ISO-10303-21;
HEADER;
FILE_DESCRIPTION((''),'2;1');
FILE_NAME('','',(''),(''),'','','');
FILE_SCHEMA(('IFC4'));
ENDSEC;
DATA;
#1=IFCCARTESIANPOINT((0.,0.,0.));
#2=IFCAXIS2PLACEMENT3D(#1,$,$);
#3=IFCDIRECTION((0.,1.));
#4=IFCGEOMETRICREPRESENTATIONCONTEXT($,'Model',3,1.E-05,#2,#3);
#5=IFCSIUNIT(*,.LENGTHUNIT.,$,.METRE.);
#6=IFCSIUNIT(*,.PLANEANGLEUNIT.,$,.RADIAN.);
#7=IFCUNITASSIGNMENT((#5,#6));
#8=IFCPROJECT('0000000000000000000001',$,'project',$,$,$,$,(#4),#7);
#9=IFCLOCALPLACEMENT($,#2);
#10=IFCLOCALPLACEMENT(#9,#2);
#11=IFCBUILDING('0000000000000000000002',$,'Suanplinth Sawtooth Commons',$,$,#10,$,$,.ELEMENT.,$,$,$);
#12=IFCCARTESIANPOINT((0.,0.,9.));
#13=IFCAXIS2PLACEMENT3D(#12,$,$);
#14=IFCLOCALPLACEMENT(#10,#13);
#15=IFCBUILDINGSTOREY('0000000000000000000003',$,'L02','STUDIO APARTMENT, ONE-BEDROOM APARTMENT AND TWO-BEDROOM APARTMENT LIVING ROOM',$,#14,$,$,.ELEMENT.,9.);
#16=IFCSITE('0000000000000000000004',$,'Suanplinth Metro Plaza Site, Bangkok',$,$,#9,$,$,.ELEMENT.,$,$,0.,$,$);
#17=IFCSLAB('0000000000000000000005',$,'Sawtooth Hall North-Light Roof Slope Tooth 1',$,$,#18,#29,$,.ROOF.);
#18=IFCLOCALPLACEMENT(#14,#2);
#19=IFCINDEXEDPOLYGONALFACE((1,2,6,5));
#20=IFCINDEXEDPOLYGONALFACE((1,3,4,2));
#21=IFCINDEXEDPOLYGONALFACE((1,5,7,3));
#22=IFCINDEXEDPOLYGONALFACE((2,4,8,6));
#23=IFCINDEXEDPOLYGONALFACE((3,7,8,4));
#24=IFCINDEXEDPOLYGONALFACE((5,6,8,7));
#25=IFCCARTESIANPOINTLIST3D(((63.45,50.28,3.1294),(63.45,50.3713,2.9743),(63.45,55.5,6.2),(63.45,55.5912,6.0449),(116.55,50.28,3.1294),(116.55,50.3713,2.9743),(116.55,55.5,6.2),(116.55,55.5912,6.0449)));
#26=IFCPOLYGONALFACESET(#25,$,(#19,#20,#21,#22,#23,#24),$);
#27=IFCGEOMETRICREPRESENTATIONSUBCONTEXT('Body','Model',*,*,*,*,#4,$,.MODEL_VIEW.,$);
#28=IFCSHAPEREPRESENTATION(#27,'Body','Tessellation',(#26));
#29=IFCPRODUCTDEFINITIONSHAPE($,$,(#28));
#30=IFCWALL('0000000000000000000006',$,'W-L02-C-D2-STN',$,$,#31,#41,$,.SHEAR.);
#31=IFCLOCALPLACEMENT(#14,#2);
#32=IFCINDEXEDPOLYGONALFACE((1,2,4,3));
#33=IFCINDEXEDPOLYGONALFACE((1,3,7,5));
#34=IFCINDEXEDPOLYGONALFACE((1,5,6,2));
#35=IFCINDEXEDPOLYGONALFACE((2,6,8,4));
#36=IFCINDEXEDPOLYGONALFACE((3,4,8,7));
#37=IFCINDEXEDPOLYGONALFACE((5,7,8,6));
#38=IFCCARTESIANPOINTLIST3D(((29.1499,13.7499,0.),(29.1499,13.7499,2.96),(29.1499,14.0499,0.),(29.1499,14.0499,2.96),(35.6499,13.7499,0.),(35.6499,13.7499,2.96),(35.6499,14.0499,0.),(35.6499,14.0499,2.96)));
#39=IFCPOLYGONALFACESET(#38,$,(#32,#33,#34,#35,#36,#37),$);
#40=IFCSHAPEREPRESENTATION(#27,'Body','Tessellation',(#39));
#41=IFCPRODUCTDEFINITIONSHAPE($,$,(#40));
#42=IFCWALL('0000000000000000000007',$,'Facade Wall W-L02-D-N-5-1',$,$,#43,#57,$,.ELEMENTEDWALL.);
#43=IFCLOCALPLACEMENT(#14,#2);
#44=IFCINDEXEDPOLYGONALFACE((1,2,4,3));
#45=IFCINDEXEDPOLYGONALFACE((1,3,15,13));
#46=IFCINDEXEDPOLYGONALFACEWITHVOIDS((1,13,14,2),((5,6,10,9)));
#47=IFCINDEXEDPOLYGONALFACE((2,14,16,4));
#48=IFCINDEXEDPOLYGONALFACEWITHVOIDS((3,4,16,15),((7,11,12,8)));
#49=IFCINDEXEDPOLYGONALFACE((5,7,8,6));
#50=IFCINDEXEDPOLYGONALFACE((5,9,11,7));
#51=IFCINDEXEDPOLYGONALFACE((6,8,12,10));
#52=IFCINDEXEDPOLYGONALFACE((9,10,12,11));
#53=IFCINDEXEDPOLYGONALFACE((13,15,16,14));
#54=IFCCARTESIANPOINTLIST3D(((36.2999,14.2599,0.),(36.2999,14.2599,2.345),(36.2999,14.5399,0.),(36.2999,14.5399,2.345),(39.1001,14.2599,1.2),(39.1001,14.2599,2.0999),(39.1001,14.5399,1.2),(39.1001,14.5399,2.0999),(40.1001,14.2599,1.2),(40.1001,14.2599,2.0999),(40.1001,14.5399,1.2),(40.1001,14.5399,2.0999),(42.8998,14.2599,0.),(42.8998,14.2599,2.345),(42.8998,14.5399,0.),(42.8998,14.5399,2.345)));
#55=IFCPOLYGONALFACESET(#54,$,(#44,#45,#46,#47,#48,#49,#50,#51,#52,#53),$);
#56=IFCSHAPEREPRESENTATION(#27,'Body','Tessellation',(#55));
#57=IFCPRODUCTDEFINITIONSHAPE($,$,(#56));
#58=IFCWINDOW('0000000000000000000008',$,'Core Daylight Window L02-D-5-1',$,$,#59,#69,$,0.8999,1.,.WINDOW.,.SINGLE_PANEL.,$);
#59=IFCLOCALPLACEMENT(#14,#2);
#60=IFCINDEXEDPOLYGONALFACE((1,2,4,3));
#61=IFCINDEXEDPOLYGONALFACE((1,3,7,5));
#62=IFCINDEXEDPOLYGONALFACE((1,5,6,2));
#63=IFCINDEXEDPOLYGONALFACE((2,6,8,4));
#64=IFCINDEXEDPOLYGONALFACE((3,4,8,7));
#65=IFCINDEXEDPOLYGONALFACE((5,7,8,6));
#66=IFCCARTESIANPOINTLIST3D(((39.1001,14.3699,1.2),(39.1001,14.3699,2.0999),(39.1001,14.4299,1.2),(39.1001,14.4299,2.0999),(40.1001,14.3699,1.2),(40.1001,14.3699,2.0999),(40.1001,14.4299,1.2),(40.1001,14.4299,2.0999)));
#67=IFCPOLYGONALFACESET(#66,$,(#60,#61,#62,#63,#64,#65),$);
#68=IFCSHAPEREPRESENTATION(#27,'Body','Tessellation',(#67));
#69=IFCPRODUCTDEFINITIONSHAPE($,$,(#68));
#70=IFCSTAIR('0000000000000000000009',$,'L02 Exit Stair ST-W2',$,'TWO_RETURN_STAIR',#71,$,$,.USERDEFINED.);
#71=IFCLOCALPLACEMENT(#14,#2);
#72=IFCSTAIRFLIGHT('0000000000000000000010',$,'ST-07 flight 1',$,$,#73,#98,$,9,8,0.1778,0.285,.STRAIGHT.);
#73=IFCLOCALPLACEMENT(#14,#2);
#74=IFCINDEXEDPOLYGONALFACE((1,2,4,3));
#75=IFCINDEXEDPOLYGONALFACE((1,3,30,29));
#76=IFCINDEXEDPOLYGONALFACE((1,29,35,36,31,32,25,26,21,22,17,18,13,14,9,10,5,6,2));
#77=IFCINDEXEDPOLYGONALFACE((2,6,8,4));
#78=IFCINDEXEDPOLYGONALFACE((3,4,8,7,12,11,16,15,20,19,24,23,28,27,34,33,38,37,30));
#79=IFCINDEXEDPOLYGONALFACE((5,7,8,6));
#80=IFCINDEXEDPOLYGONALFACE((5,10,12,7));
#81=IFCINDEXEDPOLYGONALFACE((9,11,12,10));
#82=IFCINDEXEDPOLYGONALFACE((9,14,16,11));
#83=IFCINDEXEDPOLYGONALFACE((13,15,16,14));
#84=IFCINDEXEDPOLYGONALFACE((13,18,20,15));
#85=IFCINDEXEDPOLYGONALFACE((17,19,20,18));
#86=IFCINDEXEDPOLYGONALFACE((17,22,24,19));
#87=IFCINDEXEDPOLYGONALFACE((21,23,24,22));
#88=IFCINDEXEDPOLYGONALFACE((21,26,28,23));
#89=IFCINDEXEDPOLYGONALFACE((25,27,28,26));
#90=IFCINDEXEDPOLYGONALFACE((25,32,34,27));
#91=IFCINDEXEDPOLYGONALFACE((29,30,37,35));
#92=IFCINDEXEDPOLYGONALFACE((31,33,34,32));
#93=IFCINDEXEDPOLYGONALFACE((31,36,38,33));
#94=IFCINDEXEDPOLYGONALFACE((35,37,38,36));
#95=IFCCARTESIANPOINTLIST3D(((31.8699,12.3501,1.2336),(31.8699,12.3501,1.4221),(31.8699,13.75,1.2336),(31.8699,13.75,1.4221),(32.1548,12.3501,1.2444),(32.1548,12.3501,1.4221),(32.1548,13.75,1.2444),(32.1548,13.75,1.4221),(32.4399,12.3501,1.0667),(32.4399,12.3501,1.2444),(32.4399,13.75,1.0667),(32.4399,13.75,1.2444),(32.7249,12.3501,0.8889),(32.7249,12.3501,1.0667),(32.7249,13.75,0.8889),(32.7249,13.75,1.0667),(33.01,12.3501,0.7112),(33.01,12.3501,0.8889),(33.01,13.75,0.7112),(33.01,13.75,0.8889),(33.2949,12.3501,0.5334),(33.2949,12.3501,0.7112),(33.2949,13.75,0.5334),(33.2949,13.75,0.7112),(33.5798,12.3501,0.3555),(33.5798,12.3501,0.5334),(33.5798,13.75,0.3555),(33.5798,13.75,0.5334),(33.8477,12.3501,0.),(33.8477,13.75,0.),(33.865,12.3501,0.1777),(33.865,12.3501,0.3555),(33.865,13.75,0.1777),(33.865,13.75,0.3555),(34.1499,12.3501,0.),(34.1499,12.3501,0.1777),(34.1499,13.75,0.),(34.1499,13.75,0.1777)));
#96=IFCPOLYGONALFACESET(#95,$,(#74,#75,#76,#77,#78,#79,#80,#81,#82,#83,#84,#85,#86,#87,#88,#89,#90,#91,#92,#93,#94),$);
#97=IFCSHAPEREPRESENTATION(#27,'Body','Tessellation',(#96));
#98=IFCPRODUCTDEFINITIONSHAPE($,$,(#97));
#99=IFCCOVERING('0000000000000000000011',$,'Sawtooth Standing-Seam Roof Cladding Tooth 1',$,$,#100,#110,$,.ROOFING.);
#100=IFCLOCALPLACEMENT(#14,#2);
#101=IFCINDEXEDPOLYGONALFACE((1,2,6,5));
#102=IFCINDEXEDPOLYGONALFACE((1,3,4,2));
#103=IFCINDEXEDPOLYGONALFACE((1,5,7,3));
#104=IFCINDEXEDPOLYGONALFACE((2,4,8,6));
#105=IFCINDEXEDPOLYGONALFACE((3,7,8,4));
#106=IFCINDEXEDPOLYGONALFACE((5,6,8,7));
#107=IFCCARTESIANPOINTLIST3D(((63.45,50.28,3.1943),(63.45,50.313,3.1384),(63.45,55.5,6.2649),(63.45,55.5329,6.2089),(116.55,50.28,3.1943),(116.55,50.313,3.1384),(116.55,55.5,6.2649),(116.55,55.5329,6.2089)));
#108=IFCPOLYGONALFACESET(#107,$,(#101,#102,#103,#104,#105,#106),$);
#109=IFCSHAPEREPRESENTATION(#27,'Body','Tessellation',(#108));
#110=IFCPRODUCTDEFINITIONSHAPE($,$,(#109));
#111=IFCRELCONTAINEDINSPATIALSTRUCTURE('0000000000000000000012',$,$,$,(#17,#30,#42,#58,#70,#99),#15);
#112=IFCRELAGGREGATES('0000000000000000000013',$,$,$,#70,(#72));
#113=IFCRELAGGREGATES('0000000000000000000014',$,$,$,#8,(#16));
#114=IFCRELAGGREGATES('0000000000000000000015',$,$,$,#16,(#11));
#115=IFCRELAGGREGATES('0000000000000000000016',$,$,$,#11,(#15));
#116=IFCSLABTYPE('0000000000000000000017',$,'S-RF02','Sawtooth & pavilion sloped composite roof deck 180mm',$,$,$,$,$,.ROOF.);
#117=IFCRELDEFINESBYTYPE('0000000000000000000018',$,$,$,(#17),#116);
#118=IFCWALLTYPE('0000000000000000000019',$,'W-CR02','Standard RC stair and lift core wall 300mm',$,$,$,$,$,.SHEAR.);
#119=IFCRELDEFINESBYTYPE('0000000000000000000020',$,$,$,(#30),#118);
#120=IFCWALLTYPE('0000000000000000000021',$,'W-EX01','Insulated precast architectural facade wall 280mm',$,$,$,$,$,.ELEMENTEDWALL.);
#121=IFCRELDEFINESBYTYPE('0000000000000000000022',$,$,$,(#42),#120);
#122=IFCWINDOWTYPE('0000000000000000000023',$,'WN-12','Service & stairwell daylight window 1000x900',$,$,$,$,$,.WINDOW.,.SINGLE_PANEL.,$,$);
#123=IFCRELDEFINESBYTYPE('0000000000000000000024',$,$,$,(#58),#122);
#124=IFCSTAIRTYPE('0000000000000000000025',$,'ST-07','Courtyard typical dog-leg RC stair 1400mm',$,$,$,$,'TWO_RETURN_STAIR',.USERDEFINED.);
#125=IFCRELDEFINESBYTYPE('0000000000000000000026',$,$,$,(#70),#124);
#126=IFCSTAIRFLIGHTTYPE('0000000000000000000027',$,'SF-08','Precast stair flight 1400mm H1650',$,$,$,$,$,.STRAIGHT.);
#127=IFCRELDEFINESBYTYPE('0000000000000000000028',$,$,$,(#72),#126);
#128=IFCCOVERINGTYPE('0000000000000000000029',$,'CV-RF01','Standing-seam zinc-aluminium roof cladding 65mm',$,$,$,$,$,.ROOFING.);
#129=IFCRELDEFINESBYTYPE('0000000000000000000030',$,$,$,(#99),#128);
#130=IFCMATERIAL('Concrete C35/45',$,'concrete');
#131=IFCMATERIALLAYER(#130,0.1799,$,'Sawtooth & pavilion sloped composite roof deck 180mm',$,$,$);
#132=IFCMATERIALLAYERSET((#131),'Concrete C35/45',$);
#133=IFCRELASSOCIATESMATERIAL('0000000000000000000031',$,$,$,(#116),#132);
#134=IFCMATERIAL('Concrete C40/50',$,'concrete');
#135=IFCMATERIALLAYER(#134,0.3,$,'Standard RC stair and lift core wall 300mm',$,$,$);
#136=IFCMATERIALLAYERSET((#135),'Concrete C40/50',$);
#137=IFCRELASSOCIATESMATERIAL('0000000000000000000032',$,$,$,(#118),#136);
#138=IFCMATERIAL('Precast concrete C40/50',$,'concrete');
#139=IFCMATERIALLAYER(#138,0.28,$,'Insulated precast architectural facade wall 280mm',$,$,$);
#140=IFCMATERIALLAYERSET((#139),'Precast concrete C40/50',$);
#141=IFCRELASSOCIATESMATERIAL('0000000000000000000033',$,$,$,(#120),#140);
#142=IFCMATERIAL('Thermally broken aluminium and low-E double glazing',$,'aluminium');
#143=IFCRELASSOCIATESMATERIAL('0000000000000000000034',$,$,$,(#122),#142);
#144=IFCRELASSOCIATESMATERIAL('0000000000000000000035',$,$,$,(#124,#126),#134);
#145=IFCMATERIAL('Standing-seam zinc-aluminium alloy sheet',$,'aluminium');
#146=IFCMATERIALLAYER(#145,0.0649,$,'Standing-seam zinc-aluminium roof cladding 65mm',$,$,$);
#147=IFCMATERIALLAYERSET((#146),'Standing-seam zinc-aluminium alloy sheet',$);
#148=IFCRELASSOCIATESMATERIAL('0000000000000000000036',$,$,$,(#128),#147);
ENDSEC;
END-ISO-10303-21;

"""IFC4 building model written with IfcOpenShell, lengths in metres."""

from ifc_helpers import new_model, si_unit, direction, frame, frame_2d, origin, place, context, subcontext, project, spatial, polyline, rectangle, outline, extrude, material, layer, layer_set, type_object, element, fill, aggregate, save


model = new_model("IFC4")

# Units and contexts
model_context = context("Model", 3, precision=1e-05, world=origin(), true_north=direction((0.0, 1.0)))
body_context = subcontext(model_context, "Body", "Model", "MODEL_VIEW")
ifc_project = project(units=[si_unit("LENGTHUNIT", "METRE"), si_unit("PLANEANGLEUNIT", "RADIAN")], contexts=[model_context])

# Site, building, storey
site_placement = place(None, origin())
site = spatial("IfcSite", under=ifc_project, at=site_placement, Name="Suanplinth Metro Plaza Site, Bangkok", CompositionType="ELEMENT", RefElevation=0.0)
building_placement = place(site_placement, origin())
building = spatial("IfcBuilding", under=site, at=building_placement, Name="Suanplinth Sawtooth Commons", CompositionType="ELEMENT")
storey_placement = place(building_placement, frame((0.0, 0.0, 9.0)))
storey = spatial("IfcBuildingStorey", under=building, at=storey_placement, Name="L02", Description="STUDIO APARTMENT, ONE-BEDROOM APARTMENT AND TWO-BEDROOM APARTMENT LIVING ROOM", CompositionType="ELEMENT", Elevation=9.0)

# Shared definitions
ifc_material_1 = material(Name="Precast concrete C40/50", Category="concrete")

# Slab
ifc_material_2 = material(Name="Concrete C35/45", Category="concrete")
ifc_layer_1 = layer(ifc_material_2, 0.1799, Name="Sawtooth & pavilion sloped composite roof deck 180mm")
ifc_layer_set_1 = layer_set([ifc_layer_1], Name="Concrete C35/45")
slab_type = type_object("IfcSlabType", Name="S-RF02", Description="Sawtooth & pavilion sloped composite roof deck 180mm", PredefinedType="ROOF", material=ifc_layer_set_1)
slab_placement = place(storey_placement, frame((63.45, 50.28, 3.1294), z_axis=(0.0, -0.507018, 0.861935), x_axis=(1.0, 0.0, 0.0)))
element("IfcSlab", 1, at=slab_placement, inside=storey, type_object=slab_type, Name="Sawtooth Hall North-Light Roof Slope Tooth 1", PredefinedType="ROOF", context=body_context, shape_type="SweptSolid", body=[
    extrude(outline(polyline([(0.0, 0.0), (53.1001, 0.0), (53.1001, 6.0561), (0.0, 6.0561), (0.0, 0.0)])), origin(), (0.0, 0.0, -1.0), 0.1799),
])

# Wall
ifc_material_3 = material(Name="Concrete C40/50", Category="concrete")
ifc_layer_2 = layer(ifc_material_3, 0.3, Name="Standard RC stair and lift core wall 300mm")
ifc_layer_set_2 = layer_set([ifc_layer_2], Name="Concrete C40/50")
wall_type_1 = type_object("IfcWallType", Name="W-CR02", Description="Standard RC stair and lift core wall 300mm", PredefinedType="SHEAR", material=ifc_layer_set_2)
wall_1_placement = place(storey_placement, frame((29.1499, 13.8999, 0.0), z_axis=(0.0, 0.0, 1.0), x_axis=(1.0, 0.0, 0.0)))
element("IfcWall", 2, at=wall_1_placement, inside=storey, type_object=wall_type_1, Name="W-L02-C-D2-STN", PredefinedType="SHEAR", context=body_context, shape_type="SweptSolid", body=[
    extrude(rectangle(XDim=6.5, YDim=0.3, at=frame_2d((3.25, 0.0))), origin(), (0.0, 0.0, 1.0), 2.96),
])

# Wall, opening, window
ifc_layer_3 = layer(ifc_material_1, 0.28, Name="Insulated precast architectural facade wall 280mm")
ifc_layer_set_3 = layer_set([ifc_layer_3], Name="Precast concrete C40/50")
wall_type_2 = type_object("IfcWallType", Name="W-EX01", Description="Insulated precast architectural facade wall 280mm", PredefinedType="ELEMENTEDWALL", material=ifc_layer_set_3)
wall_2_placement = place(storey_placement, frame((36.3, 14.3999, 0.0), z_axis=(0.0, 0.0, 1.0), x_axis=(1.0, 0.0, 0.0)))
wall_2 = element("IfcWall", 3, at=wall_2_placement, inside=storey, type_object=wall_type_2, Name="Facade Wall W-L02-D-N-5-1", PredefinedType="ELEMENTEDWALL", context=body_context, shape_type="SweptSolid", body=[
    extrude(rectangle(XDim=6.5999, YDim=0.28, at=frame_2d((3.2998, 0.0))), origin(), (0.0, 0.0, 1.0), 2.345),
])
opening_1_placement = place(wall_2_placement, frame((2.8, 0.0, 1.2)))
opening_1 = element("IfcOpeningElement", 4, at=opening_1_placement, cuts=wall_2, PredefinedType="OPENING", context=body_context, shape_type="SweptSolid", body=[
    extrude(rectangle(XDim=1.0, YDim=0.8999, at=frame_2d((0.5, 0.45))), frame((0.0, 0.1548, 0.0), z_axis=(0.0, -1.0, 0.0), x_axis=(1.0, 0.0, 0.0)), (0.0, 0.0, 1.0), 0.3098),
])
ifc_material_4 = material(Name="Thermally broken aluminium and low-E double glazing", Category="aluminium")
window_type_1 = type_object("IfcWindowType", Name="WN-12", Description="Service & stairwell daylight window 1000x900", PartitioningType="SINGLE_PANEL", PredefinedType="WINDOW", material=ifc_material_4)
window_1_placement = place(opening_1_placement, origin())
window_1 = element("IfcWindow", 5, at=window_1_placement, inside=storey, type_object=window_type_1, Name="Core Daylight Window L02-D-5-1", OverallHeight=0.8999, OverallWidth=1.0, PartitioningType="SINGLE_PANEL", PredefinedType="WINDOW", context=body_context, shape_type="SweptSolid", body=[
    extrude(rectangle(XDim=1.0, YDim=0.8999, at=frame_2d((0.5, 0.45))), frame((0.0, 0.03, 0.0), z_axis=(0.0, -1.0, 0.0), x_axis=(1.0, 0.0, 0.0)), (0.0, 0.0, 1.0), 0.0601),
])
fill(opening_1, window_1)

# Stair, stair flight
stair_type = type_object("IfcStairType", Name="ST-07", Description="Courtyard typical dog-leg RC stair 1400mm", ElementType="TWO_RETURN_STAIR", PredefinedType="USERDEFINED", material=ifc_material_3)
stair_placement = place(storey_placement, origin())
stair = element("IfcStair", 6, at=stair_placement, inside=storey, type_object=stair_type, Name="L02 Exit Stair ST-W2", ObjectType="TWO_RETURN_STAIR", PredefinedType="USERDEFINED")
stair_flight_type = type_object("IfcStairFlightType", Name="SF-08", Description="Precast stair flight 1400mm H1650", PredefinedType="STRAIGHT", material=ifc_material_3)
stair_flight_placement = place(storey_placement, frame((34.1499, 13.05, 0.0), z_axis=(0.0, 0.0, 1.0), x_axis=(-1.0, 0.0, 0.0)))
stair_flight = element("IfcStairFlight", 7, at=stair_flight_placement, type_object=stair_flight_type, Name="ST-07 flight 1", NumberOfRisers=9, NumberOfTreads=8, PredefinedType="STRAIGHT", RiserHeight=0.1778, TreadLength=0.285, context=body_context, shape_type="SweptSolid", body=[
    extrude(outline(polyline([(0.0, 0.0), (0.0, 0.1777), (0.2849, 0.1777), (0.2849, 0.3555), (0.5701, 0.3555), (0.5701, 0.5334), (0.855, 0.5334), (0.855, 0.7112), (1.1399, 0.7112), (1.1399, 0.8889), (1.425, 0.8889), (1.425, 1.0667), (1.71, 1.0667), (1.71, 1.2444), (1.9951, 1.2444), (1.9951, 1.4221), (2.28, 1.4221), (2.28, 1.6001), (2.28, 1.2336), (0.3022, 0.0), (0.0, 0.0)])), frame((0.0, 0.7, 0.0), z_axis=(0.0, -1.0, 0.0), x_axis=(1.0, 0.0, 0.0)), (0.0, 0.0, 1.0), 1.3999),
])
aggregate(stair, [stair_flight])

# Covering
ifc_material_5 = material(Name="Standing-seam zinc-aluminium alloy sheet", Category="aluminium")
ifc_layer_4 = layer(ifc_material_5, 0.0649, Name="Standing-seam zinc-aluminium roof cladding 65mm")
ifc_layer_set_4 = layer_set([ifc_layer_4], Name="Standing-seam zinc-aluminium alloy sheet")
covering_type = type_object("IfcCoveringType", Name="CV-RF01", Description="Standing-seam zinc-aluminium roof cladding 65mm", PredefinedType="ROOFING", material=ifc_layer_set_4)
covering_placement = place(storey_placement, frame((63.45, 50.28, 3.1943), z_axis=(0.0, -0.507018, 0.861935), x_axis=(1.0, 0.0, 0.0)))
element("IfcCovering", 8, at=covering_placement, inside=storey, type_object=covering_type, Name="Sawtooth Standing-Seam Roof Cladding Tooth 1", PredefinedType="ROOFING", context=body_context, shape_type="SweptSolid", body=[
    extrude(outline(polyline([(0.0, 0.0), (53.1001, 0.0), (53.1001, 6.0561), (0.0, 6.0561), (0.0, 0.0)])), origin(), (0.0, 0.0, -1.0), 0.0649),
])

save(model, "model.ifc")
